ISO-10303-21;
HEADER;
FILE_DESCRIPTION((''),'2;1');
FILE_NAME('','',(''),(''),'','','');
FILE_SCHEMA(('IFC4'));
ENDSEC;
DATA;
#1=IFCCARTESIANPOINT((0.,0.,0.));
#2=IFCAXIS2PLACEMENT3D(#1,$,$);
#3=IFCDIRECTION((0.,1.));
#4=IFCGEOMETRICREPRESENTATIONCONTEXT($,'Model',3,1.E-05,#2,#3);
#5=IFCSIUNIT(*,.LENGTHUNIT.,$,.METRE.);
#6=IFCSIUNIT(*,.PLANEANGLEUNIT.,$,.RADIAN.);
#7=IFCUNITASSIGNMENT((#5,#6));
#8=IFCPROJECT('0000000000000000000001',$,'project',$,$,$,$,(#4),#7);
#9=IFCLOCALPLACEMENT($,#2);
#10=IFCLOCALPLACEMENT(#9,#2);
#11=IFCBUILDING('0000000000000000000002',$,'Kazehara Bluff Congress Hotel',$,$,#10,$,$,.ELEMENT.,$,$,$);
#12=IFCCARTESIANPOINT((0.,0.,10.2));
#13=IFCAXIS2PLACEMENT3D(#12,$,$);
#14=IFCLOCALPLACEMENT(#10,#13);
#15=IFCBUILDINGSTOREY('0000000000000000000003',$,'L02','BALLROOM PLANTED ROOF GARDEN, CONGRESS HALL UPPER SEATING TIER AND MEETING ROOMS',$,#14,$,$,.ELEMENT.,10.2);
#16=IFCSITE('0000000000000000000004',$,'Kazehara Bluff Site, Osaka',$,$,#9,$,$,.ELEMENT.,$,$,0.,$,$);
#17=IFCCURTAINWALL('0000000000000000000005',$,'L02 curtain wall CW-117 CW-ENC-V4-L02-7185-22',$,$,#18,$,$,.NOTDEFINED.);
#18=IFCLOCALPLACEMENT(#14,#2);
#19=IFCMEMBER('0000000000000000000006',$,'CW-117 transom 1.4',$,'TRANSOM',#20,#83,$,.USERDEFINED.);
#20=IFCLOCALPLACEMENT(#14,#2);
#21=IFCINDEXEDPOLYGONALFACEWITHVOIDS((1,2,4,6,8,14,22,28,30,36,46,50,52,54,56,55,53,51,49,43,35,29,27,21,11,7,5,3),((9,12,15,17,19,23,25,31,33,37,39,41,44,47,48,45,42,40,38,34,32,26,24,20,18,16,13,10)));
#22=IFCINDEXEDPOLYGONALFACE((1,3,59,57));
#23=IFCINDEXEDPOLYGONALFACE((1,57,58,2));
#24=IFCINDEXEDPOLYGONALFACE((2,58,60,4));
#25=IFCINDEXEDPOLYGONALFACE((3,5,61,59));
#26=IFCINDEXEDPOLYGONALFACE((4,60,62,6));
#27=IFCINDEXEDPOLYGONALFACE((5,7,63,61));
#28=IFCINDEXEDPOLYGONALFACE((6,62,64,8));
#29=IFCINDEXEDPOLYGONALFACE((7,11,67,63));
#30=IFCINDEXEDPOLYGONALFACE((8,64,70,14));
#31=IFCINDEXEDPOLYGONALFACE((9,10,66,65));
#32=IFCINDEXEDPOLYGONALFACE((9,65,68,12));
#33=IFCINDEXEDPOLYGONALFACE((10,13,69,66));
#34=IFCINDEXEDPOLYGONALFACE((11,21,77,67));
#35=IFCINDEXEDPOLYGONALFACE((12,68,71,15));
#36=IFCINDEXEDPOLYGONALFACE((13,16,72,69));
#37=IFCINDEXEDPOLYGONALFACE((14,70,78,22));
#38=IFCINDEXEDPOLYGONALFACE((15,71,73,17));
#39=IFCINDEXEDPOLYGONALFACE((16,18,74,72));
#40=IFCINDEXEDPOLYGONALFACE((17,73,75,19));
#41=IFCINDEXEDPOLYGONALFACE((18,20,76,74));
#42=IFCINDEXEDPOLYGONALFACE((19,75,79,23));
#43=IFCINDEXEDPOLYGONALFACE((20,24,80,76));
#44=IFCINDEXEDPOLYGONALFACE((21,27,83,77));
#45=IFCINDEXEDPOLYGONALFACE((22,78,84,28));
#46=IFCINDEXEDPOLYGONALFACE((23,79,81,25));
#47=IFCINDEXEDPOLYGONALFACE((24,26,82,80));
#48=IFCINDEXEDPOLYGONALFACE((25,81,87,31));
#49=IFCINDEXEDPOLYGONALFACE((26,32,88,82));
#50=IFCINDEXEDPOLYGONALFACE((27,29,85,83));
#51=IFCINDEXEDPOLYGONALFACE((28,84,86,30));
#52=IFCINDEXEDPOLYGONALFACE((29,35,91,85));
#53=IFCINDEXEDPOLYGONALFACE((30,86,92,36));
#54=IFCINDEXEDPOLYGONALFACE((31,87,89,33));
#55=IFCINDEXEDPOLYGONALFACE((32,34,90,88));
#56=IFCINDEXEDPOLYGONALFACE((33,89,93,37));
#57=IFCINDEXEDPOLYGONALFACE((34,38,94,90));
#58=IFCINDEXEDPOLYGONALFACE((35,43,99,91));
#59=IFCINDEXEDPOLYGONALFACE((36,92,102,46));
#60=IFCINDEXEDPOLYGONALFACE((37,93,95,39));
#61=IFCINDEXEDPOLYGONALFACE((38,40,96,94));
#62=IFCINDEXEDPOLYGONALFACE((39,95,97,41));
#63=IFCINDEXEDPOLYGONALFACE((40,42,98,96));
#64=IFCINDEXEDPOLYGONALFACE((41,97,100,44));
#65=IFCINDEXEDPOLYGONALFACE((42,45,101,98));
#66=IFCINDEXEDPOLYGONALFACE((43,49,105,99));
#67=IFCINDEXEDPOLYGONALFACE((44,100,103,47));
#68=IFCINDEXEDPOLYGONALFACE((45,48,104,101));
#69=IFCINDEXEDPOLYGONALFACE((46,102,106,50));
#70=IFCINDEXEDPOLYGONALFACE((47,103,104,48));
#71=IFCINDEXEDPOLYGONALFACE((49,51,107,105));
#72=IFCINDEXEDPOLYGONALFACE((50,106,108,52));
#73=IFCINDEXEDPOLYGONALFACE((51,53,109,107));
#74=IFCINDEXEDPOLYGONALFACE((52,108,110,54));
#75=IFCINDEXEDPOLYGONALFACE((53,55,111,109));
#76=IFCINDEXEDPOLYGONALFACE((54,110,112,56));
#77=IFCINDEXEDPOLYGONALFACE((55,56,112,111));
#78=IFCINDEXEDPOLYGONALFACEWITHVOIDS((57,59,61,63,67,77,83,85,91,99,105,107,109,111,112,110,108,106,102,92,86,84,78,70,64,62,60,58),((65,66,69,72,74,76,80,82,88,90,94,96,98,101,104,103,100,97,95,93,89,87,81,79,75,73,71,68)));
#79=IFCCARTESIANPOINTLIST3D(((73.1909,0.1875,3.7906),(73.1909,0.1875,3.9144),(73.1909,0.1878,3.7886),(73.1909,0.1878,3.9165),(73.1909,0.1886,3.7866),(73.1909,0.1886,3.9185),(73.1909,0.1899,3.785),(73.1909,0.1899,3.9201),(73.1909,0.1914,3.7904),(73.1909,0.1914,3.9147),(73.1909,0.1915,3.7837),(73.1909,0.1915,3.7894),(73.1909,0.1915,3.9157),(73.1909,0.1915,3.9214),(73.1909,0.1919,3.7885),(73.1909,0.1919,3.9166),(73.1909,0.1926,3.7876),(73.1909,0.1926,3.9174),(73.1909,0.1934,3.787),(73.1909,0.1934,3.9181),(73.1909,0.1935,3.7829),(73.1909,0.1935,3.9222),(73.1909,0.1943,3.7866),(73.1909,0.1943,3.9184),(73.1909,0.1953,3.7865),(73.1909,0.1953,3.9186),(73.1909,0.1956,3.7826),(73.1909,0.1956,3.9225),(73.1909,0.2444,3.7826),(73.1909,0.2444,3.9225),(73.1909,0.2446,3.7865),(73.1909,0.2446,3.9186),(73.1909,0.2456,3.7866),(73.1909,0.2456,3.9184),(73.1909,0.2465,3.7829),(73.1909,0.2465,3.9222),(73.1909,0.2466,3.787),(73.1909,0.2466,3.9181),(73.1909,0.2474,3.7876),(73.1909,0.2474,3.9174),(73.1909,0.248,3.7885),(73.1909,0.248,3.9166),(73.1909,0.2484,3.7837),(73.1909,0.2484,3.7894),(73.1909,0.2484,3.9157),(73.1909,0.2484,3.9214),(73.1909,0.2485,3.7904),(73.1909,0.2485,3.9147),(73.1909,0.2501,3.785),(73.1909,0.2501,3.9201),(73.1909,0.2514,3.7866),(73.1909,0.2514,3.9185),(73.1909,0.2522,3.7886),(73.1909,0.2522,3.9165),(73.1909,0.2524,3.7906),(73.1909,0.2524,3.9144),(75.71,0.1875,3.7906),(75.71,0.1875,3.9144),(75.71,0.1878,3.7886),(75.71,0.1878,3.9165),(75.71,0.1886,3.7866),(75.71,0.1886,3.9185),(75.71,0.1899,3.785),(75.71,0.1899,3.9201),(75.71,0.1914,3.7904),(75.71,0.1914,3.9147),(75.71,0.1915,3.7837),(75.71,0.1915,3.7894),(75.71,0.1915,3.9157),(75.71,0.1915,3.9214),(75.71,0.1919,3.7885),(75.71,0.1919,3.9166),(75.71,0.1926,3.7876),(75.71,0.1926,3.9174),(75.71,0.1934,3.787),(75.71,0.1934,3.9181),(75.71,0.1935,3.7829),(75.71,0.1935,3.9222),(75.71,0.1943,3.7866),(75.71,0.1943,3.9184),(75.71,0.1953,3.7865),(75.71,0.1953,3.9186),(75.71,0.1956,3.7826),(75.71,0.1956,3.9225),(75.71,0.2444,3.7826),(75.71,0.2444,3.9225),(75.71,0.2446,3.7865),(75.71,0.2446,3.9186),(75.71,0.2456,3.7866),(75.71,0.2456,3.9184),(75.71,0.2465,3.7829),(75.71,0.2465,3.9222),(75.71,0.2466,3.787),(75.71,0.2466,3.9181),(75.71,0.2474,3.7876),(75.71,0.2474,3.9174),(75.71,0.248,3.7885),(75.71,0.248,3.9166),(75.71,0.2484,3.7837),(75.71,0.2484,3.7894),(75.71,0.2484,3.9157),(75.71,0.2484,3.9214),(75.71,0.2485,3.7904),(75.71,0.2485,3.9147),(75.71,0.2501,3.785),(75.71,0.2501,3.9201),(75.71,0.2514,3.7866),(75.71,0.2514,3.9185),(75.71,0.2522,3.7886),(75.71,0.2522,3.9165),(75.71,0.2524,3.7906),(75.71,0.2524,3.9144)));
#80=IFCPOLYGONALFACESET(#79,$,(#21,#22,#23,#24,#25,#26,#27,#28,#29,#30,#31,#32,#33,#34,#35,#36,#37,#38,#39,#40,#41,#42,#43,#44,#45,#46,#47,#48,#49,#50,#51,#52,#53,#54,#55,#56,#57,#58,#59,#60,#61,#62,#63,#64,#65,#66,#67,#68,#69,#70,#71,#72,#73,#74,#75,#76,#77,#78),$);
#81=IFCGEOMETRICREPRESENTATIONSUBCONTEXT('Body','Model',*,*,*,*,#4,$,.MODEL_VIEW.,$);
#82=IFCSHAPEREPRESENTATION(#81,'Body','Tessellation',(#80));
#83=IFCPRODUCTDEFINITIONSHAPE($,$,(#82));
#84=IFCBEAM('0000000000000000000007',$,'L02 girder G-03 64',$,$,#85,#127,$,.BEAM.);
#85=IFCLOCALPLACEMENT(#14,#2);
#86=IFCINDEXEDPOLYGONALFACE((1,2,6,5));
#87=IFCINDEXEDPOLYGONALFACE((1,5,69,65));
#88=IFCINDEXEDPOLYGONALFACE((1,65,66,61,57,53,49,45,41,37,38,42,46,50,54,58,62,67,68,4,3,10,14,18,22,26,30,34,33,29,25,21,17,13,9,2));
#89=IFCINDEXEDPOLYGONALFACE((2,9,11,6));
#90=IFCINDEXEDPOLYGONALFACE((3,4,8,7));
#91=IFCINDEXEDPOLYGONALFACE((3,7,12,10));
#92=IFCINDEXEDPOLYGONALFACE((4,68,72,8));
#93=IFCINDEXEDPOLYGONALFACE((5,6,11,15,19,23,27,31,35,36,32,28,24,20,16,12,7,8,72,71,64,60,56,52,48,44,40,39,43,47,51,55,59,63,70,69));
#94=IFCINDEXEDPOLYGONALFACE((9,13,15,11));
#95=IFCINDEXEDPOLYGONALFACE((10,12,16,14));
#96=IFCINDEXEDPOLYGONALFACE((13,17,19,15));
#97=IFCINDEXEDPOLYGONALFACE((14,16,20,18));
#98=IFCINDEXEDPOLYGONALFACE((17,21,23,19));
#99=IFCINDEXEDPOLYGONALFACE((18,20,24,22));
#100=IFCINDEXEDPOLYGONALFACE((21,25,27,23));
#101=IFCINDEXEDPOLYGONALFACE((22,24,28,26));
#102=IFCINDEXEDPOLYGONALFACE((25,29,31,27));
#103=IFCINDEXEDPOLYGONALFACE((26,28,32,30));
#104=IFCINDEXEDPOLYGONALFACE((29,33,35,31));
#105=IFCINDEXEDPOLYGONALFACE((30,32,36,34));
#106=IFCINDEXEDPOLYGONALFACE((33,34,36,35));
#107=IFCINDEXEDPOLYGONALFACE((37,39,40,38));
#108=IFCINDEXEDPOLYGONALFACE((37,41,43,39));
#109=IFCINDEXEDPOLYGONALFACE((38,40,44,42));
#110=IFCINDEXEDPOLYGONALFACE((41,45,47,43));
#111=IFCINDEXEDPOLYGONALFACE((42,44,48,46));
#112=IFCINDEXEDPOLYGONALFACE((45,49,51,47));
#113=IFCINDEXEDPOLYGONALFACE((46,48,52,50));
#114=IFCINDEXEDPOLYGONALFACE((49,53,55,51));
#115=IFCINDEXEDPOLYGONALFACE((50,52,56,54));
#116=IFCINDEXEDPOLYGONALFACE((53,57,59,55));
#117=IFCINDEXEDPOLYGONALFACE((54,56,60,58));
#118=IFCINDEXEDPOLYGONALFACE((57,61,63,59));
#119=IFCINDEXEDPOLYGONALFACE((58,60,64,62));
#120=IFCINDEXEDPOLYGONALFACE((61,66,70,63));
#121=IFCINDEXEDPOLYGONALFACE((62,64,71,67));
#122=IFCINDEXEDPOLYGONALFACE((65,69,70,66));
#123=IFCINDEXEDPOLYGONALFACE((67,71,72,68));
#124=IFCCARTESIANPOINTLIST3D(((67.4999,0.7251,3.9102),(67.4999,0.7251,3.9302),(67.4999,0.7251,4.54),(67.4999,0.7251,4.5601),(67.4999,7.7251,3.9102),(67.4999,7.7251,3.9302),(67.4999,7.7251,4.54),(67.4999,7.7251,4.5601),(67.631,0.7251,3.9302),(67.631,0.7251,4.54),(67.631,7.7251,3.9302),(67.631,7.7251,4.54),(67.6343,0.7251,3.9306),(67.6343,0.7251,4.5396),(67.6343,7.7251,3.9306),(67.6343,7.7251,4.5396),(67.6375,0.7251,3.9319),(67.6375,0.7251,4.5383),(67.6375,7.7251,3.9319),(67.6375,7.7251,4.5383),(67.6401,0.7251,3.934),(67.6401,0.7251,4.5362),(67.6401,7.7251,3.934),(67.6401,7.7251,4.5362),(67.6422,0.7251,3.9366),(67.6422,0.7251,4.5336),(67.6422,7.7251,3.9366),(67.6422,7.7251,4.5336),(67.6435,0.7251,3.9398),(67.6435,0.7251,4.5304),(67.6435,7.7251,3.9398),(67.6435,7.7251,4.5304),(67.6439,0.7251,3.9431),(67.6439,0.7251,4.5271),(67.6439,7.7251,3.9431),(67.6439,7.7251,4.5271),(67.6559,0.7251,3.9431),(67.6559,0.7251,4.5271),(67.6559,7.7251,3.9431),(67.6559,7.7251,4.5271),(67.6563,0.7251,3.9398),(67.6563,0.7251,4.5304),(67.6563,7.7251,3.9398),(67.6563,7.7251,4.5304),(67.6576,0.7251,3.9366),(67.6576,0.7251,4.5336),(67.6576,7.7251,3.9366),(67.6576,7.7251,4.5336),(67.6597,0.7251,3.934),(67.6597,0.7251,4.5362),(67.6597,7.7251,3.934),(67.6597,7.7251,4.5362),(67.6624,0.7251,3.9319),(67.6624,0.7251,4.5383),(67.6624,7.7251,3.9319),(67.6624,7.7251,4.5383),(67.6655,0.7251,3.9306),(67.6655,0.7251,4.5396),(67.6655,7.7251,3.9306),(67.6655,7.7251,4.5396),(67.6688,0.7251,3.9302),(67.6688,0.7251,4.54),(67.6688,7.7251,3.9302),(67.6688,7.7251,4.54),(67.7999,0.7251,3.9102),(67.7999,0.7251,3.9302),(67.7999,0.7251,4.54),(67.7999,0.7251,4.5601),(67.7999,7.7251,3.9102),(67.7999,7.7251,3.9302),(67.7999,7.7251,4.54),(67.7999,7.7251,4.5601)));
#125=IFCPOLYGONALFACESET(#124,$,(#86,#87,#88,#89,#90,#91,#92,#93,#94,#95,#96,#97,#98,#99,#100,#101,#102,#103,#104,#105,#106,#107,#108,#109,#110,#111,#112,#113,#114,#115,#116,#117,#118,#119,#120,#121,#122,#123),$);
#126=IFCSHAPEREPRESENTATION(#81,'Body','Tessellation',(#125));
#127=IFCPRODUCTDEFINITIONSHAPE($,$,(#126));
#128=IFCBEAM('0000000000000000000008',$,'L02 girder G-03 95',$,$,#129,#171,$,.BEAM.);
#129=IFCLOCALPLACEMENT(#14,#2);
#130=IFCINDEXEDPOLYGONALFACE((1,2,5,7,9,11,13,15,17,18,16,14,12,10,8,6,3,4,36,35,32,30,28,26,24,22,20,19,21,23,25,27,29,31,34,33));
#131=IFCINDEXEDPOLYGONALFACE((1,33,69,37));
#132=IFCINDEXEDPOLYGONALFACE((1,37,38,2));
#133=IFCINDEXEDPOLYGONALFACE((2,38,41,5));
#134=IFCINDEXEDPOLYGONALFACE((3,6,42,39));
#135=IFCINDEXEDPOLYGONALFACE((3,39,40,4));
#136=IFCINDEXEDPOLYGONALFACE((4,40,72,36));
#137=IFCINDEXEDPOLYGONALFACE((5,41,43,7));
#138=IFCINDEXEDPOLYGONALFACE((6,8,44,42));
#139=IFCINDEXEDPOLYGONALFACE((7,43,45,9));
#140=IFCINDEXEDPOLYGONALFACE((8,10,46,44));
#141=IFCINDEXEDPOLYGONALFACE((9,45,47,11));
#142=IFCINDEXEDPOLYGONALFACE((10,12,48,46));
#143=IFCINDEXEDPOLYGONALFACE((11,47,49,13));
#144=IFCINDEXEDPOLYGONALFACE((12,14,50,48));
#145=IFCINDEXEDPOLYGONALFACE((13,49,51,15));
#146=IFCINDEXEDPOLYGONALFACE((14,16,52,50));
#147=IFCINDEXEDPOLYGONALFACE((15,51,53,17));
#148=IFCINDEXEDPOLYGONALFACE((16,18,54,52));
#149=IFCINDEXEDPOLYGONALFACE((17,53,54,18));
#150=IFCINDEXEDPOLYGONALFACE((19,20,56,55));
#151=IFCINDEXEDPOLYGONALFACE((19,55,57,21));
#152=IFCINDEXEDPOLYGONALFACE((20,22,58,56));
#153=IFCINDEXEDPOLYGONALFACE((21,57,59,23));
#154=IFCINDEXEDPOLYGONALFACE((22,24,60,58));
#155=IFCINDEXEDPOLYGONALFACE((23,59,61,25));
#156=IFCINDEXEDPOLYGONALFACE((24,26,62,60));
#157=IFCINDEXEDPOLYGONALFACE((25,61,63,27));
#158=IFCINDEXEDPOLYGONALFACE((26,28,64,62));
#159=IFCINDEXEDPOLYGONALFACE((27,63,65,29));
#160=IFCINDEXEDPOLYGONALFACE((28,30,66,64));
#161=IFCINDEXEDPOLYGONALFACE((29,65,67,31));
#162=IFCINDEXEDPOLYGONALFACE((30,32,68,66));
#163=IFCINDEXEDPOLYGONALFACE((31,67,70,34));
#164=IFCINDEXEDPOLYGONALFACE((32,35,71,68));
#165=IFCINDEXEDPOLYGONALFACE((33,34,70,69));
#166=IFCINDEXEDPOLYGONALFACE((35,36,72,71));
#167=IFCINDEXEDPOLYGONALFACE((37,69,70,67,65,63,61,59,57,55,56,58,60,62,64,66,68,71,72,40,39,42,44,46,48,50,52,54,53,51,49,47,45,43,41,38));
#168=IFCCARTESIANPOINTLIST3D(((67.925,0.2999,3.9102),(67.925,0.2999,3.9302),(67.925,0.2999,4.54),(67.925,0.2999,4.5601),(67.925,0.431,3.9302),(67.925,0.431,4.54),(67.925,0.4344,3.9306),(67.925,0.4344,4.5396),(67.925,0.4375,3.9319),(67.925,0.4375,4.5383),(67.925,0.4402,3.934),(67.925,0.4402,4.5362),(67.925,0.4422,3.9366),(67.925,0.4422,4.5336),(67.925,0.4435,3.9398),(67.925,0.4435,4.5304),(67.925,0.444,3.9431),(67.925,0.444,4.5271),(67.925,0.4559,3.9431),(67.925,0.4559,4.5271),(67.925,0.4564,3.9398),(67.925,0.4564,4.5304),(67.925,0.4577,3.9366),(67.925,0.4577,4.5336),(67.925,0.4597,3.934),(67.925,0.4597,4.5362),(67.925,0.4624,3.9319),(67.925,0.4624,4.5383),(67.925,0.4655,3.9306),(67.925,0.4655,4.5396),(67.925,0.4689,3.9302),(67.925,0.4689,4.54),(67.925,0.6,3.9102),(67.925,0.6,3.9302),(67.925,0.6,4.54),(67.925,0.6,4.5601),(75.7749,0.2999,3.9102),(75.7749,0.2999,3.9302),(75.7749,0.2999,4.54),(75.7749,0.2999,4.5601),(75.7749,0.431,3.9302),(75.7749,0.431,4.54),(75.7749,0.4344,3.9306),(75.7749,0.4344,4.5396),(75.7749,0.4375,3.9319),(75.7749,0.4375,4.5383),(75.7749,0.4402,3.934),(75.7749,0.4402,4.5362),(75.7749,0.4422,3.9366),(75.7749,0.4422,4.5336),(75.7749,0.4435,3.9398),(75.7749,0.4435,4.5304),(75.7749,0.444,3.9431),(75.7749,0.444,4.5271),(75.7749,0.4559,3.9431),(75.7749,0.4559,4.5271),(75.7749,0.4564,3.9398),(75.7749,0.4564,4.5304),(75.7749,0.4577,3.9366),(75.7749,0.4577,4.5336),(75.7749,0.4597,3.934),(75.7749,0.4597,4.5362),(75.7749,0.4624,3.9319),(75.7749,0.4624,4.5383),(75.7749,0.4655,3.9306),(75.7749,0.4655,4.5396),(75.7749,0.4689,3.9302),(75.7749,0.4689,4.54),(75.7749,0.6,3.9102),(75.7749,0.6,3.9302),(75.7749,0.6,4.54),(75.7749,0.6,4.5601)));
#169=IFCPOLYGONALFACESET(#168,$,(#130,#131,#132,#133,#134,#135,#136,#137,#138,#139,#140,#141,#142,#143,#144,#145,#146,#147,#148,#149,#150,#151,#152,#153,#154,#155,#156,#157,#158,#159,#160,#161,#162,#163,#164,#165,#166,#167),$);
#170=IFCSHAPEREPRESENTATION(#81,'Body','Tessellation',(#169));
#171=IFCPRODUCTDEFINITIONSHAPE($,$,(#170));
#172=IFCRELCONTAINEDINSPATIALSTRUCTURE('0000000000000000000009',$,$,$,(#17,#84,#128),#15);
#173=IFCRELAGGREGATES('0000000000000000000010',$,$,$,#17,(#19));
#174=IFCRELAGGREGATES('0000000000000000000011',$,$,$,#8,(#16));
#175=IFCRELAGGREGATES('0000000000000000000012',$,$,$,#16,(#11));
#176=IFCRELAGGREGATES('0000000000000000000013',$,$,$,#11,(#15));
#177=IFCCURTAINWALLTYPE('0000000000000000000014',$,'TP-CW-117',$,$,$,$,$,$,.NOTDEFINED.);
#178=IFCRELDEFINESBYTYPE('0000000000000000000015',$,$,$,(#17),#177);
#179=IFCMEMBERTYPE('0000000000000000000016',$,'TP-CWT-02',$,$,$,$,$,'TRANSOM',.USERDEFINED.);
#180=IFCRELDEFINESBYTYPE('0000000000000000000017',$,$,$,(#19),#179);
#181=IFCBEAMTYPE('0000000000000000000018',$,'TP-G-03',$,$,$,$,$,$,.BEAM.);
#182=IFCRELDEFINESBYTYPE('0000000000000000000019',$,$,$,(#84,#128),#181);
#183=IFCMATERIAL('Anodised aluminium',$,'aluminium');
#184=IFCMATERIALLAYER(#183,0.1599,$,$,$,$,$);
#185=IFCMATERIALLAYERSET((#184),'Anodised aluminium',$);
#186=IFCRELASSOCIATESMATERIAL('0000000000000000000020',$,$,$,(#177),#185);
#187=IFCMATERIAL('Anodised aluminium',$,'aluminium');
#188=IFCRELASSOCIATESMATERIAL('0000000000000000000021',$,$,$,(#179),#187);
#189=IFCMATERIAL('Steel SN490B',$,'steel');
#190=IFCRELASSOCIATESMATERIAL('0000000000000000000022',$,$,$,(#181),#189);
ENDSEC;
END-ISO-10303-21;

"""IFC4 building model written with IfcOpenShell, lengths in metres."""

from ifc_helpers import new_model, si_unit, direction, frame, origin, origin_2d, place, context, subcontext, project, spatial, hollow_rectangle, i_section, extrude, material, layer, layer_set, material_profile, profile_set, type_object, element, aggregate, save


model = new_model("IFC4")

# Units and contexts
model_context = context("Model", 3, precision=1e-05, world=origin(), true_north=direction((0.0, 1.0)))
body_context = subcontext(model_context, "Body", "Model", "MODEL_VIEW")
ifc_project = project(units=[si_unit("LENGTHUNIT", "METRE"), si_unit("PLANEANGLEUNIT", "RADIAN")], contexts=[model_context])

# Site, building, storey
site_placement = place(None, origin())
site = spatial("IfcSite", under=ifc_project, at=site_placement, Name="Kazehara Bluff Site, Osaka", CompositionType="ELEMENT", RefElevation=0.0)
building_placement = place(site_placement, origin())
building = spatial("IfcBuilding", under=site, at=building_placement, Name="Kazehara Bluff Congress Hotel", CompositionType="ELEMENT")
storey_placement = place(building_placement, frame((0.0, 0.0, 10.2)))
storey = spatial("IfcBuildingStorey", under=building, at=storey_placement, Name="L02", Description="BALLROOM PLANTED ROOF GARDEN, CONGRESS HALL UPPER SEATING TIER AND MEETING ROOMS", CompositionType="ELEMENT", Elevation=10.2)

# Curtain wall, member
ifc_material_1 = material(Name="Anodised aluminium", Category="aluminium")
ifc_layer_1 = layer(ifc_material_1, 0.1599)
ifc_layer_set_1 = layer_set([ifc_layer_1], Name="Anodised aluminium")
curtain_wall_type = type_object("IfcCurtainWallType", Name="TP-CW-117", PredefinedType="NOTDEFINED", material=ifc_layer_set_1)
curtain_wall_placement = place(storey_placement, origin())
curtain_wall = element("IfcCurtainWall", 1, at=curtain_wall_placement, inside=storey, type_object=curtain_wall_type, Name="L02 curtain wall CW-117 CW-ENC-V4-L02-7185-22", PredefinedType="NOTDEFINED")
ifc_material_2 = material(Name="Anodised aluminium", Category="aluminium")
ifc_material_profile_1 = material_profile(ifc_material_2, hollow_rectangle(XDim=0.0649, YDim=0.1399, WallThickness=0.0039, InnerFilletRadius=0.0039, OuterFilletRadius=0.0081, at=origin_2d()))
ifc_profile_set_1 = profile_set([ifc_material_profile_1], Name="Anodised aluminium")
member_type_1 = type_object("IfcMemberType", Name="TP-CWT-02", ElementType="TRANSOM", PredefinedType="USERDEFINED", material=ifc_profile_set_1)
member_1_placement = place(storey_placement, frame((75.71, 0.22, 3.8525), z_axis=(-1.0, 0.0, 0.0), x_axis=(0.0, -1.0, 0.0)))
member_1 = element("IfcMember", 2, at=member_1_placement, type_object=member_type_1, Name="CW-117 transom 1.4", ObjectType="TRANSOM", PredefinedType="USERDEFINED", context=body_context, shape_type="SweptSolid", body=[
    extrude(hollow_rectangle(XDim=0.0649, YDim=0.1399, WallThickness=0.0039, InnerFilletRadius=0.0039, OuterFilletRadius=0.0081, at=origin_2d()), origin(), (0.0, 0.0, 1.0), 2.519),
])
aggregate(curtain_wall, [member_1])

# Beams
ifc_material_3 = material(Name="Steel SN490B", Category="steel")
ifc_material_profile_2 = material_profile(ifc_material_3, i_section(OverallWidth=0.3, OverallDepth=0.6499, WebThickness=0.012, FlangeThickness=0.02, FilletRadius=0.0129, at=origin_2d()))
ifc_profile_set_2 = profile_set([ifc_material_profile_2], Name="Steel SN490B")
beam_type_1 = type_object("IfcBeamType", Name="TP-G-03", PredefinedType="BEAM", material=ifc_profile_set_2)
beam_1_placement = place(storey_placement, frame((67.6499, 0.7251, 4.2351), z_axis=(0.0, 1.0, 0.0), x_axis=(-1.0, 0.0, 0.0)))
element("IfcBeam", 3, at=beam_1_placement, inside=storey, type_object=beam_type_1, Name="L02 girder G-03 64", PredefinedType="BEAM", context=body_context, shape_type="SweptSolid", body=[
    extrude(i_section(OverallWidth=0.3, OverallDepth=0.6499, WebThickness=0.012, FlangeThickness=0.02, FilletRadius=0.0129, at=origin_2d()), origin(), (0.0, 0.0, 1.0), 7.0),
])
for number, where, z_axis, x_axis, name in (
    (4, (67.925, 0.45, 4.2351), (1.0, 0.0, 0.0), (0.0, 1.0, 0.0), "L02 girder G-03 95"),
):
    element("IfcBeam", number, at=place(storey_placement, frame(where, z_axis=z_axis, x_axis=x_axis)), inside=storey, type_object=beam_type_1, Name=name, PredefinedType="BEAM", context=body_context, shape_type="SweptSolid", body=[
        extrude(i_section(OverallWidth=0.3, OverallDepth=0.6499, WebThickness=0.012, FlangeThickness=0.02, FilletRadius=0.0129, at=origin_2d()), origin(), (0.0, 0.0, 1.0), 7.8499),
    ])

save(model, "model.ifc")
